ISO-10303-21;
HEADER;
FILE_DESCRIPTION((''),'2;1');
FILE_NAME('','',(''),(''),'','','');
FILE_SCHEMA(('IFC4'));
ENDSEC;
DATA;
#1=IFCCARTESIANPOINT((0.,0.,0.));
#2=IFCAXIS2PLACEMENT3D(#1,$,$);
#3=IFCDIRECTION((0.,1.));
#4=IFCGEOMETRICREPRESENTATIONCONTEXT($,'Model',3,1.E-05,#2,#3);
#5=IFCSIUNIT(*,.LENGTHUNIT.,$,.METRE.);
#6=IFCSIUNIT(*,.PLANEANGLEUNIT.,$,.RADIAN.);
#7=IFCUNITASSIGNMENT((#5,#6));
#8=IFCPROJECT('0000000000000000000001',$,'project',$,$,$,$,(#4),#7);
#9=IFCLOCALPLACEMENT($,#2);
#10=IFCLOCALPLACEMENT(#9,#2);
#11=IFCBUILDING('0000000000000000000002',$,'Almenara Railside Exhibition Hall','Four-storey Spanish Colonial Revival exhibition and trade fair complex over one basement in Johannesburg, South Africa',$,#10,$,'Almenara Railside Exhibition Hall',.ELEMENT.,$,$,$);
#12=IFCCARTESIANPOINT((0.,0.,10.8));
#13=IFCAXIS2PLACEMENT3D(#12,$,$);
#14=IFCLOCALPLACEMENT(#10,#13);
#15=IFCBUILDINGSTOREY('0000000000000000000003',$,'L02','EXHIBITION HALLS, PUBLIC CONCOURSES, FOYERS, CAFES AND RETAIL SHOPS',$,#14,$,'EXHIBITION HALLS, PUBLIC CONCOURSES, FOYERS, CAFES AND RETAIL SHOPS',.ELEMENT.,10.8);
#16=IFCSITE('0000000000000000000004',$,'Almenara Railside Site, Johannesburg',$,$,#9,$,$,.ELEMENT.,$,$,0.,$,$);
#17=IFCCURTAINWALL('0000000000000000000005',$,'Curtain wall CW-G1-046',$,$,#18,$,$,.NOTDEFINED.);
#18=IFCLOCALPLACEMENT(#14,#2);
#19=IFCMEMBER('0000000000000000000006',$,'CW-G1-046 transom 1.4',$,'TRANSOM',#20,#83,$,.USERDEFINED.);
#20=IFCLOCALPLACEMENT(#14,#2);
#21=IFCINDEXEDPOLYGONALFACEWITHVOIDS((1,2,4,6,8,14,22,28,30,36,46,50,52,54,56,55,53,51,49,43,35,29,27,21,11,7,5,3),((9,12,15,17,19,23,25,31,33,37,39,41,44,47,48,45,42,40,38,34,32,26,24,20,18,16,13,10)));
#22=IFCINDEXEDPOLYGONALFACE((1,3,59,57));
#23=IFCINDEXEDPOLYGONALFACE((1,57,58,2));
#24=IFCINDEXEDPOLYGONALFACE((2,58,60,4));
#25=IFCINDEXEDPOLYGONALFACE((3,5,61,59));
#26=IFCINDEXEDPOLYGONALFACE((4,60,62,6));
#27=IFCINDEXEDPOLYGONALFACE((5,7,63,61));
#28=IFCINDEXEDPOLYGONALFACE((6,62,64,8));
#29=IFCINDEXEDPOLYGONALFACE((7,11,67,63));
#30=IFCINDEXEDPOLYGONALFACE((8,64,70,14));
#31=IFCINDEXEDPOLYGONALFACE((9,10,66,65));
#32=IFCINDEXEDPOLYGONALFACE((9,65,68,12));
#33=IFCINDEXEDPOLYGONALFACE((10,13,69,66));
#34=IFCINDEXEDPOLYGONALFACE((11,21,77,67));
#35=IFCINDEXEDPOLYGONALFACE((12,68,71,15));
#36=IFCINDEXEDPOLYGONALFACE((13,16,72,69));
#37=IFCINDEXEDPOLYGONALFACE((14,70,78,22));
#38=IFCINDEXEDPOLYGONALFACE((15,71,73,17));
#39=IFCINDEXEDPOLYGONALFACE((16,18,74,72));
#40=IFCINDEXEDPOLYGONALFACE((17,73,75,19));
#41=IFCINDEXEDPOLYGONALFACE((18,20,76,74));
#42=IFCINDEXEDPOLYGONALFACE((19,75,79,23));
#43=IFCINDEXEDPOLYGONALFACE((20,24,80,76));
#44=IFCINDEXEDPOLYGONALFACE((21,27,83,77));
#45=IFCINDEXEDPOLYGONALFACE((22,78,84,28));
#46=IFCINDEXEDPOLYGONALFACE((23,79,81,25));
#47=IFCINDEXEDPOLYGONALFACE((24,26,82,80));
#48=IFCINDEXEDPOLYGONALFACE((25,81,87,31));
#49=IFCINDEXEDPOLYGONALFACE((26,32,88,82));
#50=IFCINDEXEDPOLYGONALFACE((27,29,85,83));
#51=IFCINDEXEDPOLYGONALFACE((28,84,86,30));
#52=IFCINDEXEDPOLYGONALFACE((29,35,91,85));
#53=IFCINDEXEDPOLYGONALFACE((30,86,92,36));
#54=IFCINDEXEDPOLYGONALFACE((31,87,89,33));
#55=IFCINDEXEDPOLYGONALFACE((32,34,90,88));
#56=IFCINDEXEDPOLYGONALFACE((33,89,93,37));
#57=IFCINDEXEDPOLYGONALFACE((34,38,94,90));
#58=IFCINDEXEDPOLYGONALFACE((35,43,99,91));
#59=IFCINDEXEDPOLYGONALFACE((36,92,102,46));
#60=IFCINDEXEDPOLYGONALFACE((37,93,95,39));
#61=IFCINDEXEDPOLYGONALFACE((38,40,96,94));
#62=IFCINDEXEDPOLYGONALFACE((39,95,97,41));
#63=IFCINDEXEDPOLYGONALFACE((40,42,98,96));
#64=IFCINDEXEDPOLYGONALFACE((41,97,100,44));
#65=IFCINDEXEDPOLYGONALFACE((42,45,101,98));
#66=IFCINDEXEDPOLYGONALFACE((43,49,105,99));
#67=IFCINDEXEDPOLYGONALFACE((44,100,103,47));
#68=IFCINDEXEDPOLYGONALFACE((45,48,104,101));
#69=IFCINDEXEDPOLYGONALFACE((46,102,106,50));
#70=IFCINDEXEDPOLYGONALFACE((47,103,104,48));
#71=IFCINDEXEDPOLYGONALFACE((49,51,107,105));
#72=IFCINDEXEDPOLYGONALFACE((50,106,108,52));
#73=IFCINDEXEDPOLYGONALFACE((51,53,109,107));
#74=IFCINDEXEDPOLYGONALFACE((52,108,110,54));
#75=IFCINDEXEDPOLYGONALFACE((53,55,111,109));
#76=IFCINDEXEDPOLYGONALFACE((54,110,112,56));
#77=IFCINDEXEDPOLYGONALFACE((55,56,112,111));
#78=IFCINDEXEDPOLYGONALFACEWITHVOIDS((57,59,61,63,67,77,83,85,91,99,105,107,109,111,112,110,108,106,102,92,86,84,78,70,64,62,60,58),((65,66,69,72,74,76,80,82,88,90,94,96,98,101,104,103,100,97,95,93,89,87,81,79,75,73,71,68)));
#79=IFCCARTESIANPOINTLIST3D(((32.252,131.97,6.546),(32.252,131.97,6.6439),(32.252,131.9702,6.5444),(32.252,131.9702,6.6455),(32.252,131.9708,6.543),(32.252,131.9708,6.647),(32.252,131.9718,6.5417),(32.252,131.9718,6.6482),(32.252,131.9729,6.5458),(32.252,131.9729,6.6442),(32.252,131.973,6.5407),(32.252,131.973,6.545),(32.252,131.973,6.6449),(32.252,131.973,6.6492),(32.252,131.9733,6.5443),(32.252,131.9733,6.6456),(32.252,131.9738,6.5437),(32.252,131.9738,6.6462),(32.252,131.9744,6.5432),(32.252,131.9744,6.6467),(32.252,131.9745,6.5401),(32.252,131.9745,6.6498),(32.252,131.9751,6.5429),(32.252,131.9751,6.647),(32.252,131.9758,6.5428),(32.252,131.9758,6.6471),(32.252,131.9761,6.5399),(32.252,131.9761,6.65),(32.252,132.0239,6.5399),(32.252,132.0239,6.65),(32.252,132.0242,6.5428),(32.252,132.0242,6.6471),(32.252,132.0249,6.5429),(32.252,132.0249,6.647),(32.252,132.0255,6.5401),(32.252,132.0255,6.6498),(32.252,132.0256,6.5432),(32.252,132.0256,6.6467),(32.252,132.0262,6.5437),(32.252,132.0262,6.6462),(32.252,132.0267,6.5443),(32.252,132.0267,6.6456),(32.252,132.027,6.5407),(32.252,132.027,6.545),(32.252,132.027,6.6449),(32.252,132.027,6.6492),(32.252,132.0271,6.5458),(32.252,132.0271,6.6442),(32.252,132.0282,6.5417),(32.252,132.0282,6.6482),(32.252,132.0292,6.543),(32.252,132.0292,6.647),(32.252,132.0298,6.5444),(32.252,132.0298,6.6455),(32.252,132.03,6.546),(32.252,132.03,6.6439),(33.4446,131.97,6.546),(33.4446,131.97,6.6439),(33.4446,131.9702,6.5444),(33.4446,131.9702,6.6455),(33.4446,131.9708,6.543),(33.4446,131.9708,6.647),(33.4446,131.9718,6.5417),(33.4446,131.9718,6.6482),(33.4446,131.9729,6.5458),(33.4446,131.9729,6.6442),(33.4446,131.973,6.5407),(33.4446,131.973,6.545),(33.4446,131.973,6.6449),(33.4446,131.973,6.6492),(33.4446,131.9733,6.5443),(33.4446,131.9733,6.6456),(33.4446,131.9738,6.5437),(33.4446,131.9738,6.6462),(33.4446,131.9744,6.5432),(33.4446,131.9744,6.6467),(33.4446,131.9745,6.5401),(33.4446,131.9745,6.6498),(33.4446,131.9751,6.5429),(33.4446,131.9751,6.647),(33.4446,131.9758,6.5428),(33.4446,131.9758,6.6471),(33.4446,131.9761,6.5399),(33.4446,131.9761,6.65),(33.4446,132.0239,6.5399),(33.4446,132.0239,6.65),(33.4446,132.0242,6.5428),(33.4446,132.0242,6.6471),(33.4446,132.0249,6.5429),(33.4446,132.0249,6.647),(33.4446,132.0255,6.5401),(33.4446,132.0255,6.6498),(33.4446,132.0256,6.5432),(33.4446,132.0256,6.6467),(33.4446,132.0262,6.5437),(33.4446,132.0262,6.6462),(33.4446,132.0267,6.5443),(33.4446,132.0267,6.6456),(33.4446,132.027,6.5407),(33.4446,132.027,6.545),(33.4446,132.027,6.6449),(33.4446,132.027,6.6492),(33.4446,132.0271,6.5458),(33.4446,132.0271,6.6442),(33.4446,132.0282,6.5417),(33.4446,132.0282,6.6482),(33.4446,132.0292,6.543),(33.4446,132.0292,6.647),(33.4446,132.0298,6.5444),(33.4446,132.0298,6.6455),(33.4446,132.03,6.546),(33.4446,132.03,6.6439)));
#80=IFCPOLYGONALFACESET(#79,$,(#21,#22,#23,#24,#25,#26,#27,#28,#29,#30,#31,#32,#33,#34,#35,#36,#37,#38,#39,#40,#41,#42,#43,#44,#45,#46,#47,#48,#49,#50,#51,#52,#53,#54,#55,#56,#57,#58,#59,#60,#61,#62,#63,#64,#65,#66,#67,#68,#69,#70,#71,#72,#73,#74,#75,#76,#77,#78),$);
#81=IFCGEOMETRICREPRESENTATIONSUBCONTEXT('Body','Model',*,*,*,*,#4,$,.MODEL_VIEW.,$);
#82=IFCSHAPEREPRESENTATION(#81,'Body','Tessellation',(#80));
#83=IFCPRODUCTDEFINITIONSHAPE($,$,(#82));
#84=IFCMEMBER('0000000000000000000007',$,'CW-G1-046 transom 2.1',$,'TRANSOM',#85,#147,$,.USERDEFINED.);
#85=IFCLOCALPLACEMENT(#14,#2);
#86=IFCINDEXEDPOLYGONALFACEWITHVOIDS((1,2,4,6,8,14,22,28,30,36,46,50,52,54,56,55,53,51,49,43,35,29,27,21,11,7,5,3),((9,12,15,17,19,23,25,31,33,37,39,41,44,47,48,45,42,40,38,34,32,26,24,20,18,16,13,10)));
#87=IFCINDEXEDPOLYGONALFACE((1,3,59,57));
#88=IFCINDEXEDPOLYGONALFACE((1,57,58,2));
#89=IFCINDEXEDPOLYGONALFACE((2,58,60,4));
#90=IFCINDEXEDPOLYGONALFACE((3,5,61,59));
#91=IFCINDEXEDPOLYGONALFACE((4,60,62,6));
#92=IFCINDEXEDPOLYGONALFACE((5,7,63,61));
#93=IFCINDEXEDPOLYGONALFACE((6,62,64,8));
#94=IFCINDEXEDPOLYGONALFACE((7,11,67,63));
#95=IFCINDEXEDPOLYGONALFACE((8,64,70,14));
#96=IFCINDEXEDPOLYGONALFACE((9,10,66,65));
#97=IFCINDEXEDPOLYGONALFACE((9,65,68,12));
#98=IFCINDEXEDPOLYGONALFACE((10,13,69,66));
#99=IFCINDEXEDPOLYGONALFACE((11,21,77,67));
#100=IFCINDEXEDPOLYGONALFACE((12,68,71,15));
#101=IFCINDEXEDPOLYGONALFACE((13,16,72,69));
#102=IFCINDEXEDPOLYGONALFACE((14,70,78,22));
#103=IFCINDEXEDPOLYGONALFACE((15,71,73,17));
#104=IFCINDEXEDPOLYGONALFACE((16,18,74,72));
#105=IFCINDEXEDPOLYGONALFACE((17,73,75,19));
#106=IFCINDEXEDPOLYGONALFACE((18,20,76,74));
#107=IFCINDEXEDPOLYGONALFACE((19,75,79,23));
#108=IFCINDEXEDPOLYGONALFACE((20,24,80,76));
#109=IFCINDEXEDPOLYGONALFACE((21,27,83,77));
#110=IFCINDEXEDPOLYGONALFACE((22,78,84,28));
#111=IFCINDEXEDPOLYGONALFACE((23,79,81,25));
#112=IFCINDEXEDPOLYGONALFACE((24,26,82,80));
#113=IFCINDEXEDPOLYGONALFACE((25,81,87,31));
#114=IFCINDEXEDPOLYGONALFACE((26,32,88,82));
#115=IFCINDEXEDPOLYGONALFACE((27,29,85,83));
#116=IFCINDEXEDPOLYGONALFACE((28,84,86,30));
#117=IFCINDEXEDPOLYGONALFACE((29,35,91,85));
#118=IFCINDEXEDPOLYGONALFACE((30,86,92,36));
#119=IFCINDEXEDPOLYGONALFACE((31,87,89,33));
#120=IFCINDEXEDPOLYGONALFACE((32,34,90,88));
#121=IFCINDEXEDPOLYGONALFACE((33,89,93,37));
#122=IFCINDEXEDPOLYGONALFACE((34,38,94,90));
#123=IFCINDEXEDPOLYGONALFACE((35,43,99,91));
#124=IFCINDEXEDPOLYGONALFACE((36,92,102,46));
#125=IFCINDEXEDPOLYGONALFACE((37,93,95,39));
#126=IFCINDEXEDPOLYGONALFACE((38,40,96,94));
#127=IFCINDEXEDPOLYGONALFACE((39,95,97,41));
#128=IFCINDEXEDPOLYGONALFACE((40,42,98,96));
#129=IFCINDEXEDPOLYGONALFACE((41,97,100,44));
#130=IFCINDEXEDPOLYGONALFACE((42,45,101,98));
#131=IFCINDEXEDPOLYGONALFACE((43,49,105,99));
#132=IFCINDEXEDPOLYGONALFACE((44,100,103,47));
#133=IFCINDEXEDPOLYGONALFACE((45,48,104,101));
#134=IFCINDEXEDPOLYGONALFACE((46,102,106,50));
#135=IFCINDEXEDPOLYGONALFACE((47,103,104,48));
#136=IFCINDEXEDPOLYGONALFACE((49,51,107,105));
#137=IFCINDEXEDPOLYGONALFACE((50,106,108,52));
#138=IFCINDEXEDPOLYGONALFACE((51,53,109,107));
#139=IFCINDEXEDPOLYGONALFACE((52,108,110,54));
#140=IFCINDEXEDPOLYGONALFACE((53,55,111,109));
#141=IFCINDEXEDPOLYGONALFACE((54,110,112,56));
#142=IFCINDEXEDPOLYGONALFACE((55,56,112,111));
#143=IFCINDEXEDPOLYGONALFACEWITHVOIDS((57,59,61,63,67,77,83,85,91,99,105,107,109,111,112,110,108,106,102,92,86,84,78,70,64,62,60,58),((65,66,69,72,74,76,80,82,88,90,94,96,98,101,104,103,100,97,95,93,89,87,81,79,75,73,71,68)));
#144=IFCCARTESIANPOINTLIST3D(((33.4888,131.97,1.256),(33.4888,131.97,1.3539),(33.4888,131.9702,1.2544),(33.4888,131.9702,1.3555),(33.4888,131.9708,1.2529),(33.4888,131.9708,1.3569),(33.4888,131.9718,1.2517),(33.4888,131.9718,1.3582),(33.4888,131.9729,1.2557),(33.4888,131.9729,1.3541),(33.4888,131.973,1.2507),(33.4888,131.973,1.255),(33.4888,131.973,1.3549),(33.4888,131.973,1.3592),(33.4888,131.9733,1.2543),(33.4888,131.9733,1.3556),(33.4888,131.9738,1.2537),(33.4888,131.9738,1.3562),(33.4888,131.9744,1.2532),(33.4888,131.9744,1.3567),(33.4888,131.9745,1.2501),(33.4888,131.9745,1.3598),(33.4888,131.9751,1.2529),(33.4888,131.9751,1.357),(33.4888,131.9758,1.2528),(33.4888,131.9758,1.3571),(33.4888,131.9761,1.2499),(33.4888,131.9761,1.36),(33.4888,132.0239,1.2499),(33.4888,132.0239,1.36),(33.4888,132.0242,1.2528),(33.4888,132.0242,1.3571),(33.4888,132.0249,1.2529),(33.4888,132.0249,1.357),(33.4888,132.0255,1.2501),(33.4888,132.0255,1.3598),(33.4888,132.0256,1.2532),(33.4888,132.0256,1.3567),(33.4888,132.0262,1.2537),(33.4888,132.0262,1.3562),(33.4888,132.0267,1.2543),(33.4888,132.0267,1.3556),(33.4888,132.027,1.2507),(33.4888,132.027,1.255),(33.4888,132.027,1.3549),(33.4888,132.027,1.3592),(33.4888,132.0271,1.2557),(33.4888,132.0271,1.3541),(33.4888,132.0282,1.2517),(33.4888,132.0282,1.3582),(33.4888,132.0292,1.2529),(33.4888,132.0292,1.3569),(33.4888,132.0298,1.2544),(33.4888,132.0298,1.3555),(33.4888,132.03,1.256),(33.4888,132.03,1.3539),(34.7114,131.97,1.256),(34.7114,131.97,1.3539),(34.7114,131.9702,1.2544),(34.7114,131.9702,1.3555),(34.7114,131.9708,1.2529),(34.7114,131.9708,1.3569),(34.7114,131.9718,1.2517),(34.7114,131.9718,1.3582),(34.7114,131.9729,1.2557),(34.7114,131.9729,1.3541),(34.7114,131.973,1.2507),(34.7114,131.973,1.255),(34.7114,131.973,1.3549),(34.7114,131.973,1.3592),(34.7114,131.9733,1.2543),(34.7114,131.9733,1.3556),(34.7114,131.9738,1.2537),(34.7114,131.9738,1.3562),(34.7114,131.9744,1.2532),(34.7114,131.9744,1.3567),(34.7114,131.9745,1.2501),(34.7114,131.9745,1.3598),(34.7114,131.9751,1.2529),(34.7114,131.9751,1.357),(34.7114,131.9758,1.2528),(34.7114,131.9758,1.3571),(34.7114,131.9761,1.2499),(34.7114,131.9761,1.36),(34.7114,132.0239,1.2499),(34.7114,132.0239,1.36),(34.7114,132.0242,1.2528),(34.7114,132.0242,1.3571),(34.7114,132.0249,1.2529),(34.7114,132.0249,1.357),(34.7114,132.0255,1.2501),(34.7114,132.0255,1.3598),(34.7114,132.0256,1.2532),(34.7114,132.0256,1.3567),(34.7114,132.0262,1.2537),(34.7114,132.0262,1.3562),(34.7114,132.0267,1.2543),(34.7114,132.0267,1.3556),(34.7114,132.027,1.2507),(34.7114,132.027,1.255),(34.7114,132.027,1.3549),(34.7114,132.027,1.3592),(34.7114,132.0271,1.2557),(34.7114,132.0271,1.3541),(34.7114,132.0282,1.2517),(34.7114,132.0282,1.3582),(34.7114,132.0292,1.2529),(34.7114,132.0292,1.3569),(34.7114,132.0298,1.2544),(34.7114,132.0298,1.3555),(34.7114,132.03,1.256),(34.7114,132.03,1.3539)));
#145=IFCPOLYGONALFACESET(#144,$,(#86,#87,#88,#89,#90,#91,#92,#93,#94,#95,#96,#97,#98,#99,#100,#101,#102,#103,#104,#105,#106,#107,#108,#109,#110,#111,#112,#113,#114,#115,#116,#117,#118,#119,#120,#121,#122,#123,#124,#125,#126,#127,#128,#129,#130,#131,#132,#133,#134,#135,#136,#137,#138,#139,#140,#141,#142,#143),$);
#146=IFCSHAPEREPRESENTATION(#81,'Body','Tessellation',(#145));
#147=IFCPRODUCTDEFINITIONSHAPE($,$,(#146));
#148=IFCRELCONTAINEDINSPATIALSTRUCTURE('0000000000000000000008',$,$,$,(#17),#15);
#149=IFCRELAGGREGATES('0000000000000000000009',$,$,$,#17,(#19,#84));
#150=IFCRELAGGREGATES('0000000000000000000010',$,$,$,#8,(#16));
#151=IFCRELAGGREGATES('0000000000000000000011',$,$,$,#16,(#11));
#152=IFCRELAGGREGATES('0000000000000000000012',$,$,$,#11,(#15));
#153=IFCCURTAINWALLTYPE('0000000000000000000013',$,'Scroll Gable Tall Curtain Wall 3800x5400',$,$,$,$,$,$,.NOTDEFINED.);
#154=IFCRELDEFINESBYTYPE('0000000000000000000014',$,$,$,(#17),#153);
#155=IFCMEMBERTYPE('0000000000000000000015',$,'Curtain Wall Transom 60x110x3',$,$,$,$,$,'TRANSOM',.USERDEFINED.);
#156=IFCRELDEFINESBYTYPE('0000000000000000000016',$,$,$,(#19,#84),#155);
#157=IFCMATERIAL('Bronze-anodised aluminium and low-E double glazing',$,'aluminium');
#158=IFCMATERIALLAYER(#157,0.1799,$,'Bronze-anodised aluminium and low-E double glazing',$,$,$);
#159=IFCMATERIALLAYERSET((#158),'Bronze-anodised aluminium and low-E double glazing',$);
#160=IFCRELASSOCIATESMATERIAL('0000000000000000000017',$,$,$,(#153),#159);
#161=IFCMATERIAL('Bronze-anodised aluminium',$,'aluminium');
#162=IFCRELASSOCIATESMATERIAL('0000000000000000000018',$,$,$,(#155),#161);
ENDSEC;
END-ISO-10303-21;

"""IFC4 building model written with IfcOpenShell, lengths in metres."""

from ifc_helpers import new_model, si_unit, direction, frame, origin, origin_2d, place, context, subcontext, project, spatial, hollow_rectangle, extrude, material, layer, layer_set, material_profile, profile_set, type_object, element, aggregate, save


model = new_model("IFC4")

# Units and contexts
model_context = context("Model", 3, precision=1e-05, world=origin(), true_north=direction((0.0, 1.0)))
body_context = subcontext(model_context, "Body", "Model", "MODEL_VIEW")
ifc_project = project(units=[si_unit("LENGTHUNIT", "METRE"), si_unit("PLANEANGLEUNIT", "RADIAN")], contexts=[model_context])

# Site, building, storey
site_placement = place(None, origin())
site = spatial("IfcSite", under=ifc_project, at=site_placement, Name="Almenara Railside Site, Johannesburg", CompositionType="ELEMENT", RefElevation=0.0)
building_placement = place(site_placement, origin())
building = spatial("IfcBuilding", under=site, at=building_placement, Name="Almenara Railside Exhibition Hall", Description="Four-storey Spanish Colonial Revival exhibition and trade fair complex over one basement in Johannesburg, South Africa", LongName="Almenara Railside Exhibition Hall", CompositionType="ELEMENT")
storey_placement = place(building_placement, frame((0.0, 0.0, 10.8)))
storey = spatial("IfcBuildingStorey", under=building, at=storey_placement, Name="L02", Description="EXHIBITION HALLS, PUBLIC CONCOURSES, FOYERS, CAFES AND RETAIL SHOPS", LongName="EXHIBITION HALLS, PUBLIC CONCOURSES, FOYERS, CAFES AND RETAIL SHOPS", CompositionType="ELEMENT", Elevation=10.8)

# Curtain wall
ifc_material_1 = material(Name="Bronze-anodised aluminium and low-E double glazing", Category="aluminium")
ifc_layer_1 = layer(ifc_material_1, 0.1799, Name="Bronze-anodised aluminium and low-E double glazing")
ifc_layer_set_1 = layer_set([ifc_layer_1], Name="Bronze-anodised aluminium and low-E double glazing")
curtain_wall_type_1 = type_object("IfcCurtainWallType", Name="Scroll Gable Tall Curtain Wall 3800x5400", PredefinedType="NOTDEFINED", material=ifc_layer_set_1)
ifc_material_2 = material(Name="Bronze-anodised aluminium", Category="aluminium")
curtain_wall_1_placement = place(storey_placement, origin())
curtain_wall_1 = element("IfcCurtainWall", 1, at=curtain_wall_1_placement, inside=storey, type_object=curtain_wall_type_1, Name="Curtain wall CW-G1-046", PredefinedType="NOTDEFINED")

# Members
ifc_material_profile_1 = material_profile(ifc_material_2, hollow_rectangle(XDim=0.0601, YDim=0.1101, WallThickness=0.0029, InnerFilletRadius=0.0029, OuterFilletRadius=0.0061, at=origin_2d()), Name="ALU-TRN 60x110x3")
ifc_profile_set_1 = profile_set([ifc_material_profile_1], Name="Bronze-anodised aluminium")
member_type_1 = type_object("IfcMemberType", Name="Curtain Wall Transom 60x110x3", ElementType="TRANSOM", PredefinedType="USERDEFINED", material=ifc_profile_set_1)
member_1_placement = place(storey_placement, frame((32.252, 132.0, 6.595), z_axis=(1.0, 0.0, 0.0), x_axis=(0.0, 1.0, 0.0)))
member_1 = element("IfcMember", 2, at=member_1_placement, type_object=member_type_1, Name="CW-G1-046 transom 1.4", ObjectType="TRANSOM", PredefinedType="USERDEFINED", context=body_context, shape_type="SweptSolid", body=[
    extrude(hollow_rectangle(XDim=0.0601, YDim=0.1101, WallThickness=0.0029, InnerFilletRadius=0.0029, OuterFilletRadius=0.0061, at=origin_2d()), origin(), (0.0, 0.0, 1.0), 1.1926),
])
member_2_placement = place(storey_placement, frame((33.4888, 132.0, 1.3049), z_axis=(1.0, 0.0, 0.0), x_axis=(0.0, 1.0, 0.0)))
member_2 = element("IfcMember", 3, at=member_2_placement, type_object=member_type_1, Name="CW-G1-046 transom 2.1", ObjectType="TRANSOM", PredefinedType="USERDEFINED", context=body_context, shape_type="SweptSolid", body=[
    extrude(hollow_rectangle(XDim=0.0601, YDim=0.1101, WallThickness=0.0029, InnerFilletRadius=0.0029, OuterFilletRadius=0.0061, at=origin_2d()), origin(), (0.0, 0.0, 1.0), 1.2227),
])

aggregate(curtain_wall_1, [member_1, member_2])

save(model, "model.ifc")
